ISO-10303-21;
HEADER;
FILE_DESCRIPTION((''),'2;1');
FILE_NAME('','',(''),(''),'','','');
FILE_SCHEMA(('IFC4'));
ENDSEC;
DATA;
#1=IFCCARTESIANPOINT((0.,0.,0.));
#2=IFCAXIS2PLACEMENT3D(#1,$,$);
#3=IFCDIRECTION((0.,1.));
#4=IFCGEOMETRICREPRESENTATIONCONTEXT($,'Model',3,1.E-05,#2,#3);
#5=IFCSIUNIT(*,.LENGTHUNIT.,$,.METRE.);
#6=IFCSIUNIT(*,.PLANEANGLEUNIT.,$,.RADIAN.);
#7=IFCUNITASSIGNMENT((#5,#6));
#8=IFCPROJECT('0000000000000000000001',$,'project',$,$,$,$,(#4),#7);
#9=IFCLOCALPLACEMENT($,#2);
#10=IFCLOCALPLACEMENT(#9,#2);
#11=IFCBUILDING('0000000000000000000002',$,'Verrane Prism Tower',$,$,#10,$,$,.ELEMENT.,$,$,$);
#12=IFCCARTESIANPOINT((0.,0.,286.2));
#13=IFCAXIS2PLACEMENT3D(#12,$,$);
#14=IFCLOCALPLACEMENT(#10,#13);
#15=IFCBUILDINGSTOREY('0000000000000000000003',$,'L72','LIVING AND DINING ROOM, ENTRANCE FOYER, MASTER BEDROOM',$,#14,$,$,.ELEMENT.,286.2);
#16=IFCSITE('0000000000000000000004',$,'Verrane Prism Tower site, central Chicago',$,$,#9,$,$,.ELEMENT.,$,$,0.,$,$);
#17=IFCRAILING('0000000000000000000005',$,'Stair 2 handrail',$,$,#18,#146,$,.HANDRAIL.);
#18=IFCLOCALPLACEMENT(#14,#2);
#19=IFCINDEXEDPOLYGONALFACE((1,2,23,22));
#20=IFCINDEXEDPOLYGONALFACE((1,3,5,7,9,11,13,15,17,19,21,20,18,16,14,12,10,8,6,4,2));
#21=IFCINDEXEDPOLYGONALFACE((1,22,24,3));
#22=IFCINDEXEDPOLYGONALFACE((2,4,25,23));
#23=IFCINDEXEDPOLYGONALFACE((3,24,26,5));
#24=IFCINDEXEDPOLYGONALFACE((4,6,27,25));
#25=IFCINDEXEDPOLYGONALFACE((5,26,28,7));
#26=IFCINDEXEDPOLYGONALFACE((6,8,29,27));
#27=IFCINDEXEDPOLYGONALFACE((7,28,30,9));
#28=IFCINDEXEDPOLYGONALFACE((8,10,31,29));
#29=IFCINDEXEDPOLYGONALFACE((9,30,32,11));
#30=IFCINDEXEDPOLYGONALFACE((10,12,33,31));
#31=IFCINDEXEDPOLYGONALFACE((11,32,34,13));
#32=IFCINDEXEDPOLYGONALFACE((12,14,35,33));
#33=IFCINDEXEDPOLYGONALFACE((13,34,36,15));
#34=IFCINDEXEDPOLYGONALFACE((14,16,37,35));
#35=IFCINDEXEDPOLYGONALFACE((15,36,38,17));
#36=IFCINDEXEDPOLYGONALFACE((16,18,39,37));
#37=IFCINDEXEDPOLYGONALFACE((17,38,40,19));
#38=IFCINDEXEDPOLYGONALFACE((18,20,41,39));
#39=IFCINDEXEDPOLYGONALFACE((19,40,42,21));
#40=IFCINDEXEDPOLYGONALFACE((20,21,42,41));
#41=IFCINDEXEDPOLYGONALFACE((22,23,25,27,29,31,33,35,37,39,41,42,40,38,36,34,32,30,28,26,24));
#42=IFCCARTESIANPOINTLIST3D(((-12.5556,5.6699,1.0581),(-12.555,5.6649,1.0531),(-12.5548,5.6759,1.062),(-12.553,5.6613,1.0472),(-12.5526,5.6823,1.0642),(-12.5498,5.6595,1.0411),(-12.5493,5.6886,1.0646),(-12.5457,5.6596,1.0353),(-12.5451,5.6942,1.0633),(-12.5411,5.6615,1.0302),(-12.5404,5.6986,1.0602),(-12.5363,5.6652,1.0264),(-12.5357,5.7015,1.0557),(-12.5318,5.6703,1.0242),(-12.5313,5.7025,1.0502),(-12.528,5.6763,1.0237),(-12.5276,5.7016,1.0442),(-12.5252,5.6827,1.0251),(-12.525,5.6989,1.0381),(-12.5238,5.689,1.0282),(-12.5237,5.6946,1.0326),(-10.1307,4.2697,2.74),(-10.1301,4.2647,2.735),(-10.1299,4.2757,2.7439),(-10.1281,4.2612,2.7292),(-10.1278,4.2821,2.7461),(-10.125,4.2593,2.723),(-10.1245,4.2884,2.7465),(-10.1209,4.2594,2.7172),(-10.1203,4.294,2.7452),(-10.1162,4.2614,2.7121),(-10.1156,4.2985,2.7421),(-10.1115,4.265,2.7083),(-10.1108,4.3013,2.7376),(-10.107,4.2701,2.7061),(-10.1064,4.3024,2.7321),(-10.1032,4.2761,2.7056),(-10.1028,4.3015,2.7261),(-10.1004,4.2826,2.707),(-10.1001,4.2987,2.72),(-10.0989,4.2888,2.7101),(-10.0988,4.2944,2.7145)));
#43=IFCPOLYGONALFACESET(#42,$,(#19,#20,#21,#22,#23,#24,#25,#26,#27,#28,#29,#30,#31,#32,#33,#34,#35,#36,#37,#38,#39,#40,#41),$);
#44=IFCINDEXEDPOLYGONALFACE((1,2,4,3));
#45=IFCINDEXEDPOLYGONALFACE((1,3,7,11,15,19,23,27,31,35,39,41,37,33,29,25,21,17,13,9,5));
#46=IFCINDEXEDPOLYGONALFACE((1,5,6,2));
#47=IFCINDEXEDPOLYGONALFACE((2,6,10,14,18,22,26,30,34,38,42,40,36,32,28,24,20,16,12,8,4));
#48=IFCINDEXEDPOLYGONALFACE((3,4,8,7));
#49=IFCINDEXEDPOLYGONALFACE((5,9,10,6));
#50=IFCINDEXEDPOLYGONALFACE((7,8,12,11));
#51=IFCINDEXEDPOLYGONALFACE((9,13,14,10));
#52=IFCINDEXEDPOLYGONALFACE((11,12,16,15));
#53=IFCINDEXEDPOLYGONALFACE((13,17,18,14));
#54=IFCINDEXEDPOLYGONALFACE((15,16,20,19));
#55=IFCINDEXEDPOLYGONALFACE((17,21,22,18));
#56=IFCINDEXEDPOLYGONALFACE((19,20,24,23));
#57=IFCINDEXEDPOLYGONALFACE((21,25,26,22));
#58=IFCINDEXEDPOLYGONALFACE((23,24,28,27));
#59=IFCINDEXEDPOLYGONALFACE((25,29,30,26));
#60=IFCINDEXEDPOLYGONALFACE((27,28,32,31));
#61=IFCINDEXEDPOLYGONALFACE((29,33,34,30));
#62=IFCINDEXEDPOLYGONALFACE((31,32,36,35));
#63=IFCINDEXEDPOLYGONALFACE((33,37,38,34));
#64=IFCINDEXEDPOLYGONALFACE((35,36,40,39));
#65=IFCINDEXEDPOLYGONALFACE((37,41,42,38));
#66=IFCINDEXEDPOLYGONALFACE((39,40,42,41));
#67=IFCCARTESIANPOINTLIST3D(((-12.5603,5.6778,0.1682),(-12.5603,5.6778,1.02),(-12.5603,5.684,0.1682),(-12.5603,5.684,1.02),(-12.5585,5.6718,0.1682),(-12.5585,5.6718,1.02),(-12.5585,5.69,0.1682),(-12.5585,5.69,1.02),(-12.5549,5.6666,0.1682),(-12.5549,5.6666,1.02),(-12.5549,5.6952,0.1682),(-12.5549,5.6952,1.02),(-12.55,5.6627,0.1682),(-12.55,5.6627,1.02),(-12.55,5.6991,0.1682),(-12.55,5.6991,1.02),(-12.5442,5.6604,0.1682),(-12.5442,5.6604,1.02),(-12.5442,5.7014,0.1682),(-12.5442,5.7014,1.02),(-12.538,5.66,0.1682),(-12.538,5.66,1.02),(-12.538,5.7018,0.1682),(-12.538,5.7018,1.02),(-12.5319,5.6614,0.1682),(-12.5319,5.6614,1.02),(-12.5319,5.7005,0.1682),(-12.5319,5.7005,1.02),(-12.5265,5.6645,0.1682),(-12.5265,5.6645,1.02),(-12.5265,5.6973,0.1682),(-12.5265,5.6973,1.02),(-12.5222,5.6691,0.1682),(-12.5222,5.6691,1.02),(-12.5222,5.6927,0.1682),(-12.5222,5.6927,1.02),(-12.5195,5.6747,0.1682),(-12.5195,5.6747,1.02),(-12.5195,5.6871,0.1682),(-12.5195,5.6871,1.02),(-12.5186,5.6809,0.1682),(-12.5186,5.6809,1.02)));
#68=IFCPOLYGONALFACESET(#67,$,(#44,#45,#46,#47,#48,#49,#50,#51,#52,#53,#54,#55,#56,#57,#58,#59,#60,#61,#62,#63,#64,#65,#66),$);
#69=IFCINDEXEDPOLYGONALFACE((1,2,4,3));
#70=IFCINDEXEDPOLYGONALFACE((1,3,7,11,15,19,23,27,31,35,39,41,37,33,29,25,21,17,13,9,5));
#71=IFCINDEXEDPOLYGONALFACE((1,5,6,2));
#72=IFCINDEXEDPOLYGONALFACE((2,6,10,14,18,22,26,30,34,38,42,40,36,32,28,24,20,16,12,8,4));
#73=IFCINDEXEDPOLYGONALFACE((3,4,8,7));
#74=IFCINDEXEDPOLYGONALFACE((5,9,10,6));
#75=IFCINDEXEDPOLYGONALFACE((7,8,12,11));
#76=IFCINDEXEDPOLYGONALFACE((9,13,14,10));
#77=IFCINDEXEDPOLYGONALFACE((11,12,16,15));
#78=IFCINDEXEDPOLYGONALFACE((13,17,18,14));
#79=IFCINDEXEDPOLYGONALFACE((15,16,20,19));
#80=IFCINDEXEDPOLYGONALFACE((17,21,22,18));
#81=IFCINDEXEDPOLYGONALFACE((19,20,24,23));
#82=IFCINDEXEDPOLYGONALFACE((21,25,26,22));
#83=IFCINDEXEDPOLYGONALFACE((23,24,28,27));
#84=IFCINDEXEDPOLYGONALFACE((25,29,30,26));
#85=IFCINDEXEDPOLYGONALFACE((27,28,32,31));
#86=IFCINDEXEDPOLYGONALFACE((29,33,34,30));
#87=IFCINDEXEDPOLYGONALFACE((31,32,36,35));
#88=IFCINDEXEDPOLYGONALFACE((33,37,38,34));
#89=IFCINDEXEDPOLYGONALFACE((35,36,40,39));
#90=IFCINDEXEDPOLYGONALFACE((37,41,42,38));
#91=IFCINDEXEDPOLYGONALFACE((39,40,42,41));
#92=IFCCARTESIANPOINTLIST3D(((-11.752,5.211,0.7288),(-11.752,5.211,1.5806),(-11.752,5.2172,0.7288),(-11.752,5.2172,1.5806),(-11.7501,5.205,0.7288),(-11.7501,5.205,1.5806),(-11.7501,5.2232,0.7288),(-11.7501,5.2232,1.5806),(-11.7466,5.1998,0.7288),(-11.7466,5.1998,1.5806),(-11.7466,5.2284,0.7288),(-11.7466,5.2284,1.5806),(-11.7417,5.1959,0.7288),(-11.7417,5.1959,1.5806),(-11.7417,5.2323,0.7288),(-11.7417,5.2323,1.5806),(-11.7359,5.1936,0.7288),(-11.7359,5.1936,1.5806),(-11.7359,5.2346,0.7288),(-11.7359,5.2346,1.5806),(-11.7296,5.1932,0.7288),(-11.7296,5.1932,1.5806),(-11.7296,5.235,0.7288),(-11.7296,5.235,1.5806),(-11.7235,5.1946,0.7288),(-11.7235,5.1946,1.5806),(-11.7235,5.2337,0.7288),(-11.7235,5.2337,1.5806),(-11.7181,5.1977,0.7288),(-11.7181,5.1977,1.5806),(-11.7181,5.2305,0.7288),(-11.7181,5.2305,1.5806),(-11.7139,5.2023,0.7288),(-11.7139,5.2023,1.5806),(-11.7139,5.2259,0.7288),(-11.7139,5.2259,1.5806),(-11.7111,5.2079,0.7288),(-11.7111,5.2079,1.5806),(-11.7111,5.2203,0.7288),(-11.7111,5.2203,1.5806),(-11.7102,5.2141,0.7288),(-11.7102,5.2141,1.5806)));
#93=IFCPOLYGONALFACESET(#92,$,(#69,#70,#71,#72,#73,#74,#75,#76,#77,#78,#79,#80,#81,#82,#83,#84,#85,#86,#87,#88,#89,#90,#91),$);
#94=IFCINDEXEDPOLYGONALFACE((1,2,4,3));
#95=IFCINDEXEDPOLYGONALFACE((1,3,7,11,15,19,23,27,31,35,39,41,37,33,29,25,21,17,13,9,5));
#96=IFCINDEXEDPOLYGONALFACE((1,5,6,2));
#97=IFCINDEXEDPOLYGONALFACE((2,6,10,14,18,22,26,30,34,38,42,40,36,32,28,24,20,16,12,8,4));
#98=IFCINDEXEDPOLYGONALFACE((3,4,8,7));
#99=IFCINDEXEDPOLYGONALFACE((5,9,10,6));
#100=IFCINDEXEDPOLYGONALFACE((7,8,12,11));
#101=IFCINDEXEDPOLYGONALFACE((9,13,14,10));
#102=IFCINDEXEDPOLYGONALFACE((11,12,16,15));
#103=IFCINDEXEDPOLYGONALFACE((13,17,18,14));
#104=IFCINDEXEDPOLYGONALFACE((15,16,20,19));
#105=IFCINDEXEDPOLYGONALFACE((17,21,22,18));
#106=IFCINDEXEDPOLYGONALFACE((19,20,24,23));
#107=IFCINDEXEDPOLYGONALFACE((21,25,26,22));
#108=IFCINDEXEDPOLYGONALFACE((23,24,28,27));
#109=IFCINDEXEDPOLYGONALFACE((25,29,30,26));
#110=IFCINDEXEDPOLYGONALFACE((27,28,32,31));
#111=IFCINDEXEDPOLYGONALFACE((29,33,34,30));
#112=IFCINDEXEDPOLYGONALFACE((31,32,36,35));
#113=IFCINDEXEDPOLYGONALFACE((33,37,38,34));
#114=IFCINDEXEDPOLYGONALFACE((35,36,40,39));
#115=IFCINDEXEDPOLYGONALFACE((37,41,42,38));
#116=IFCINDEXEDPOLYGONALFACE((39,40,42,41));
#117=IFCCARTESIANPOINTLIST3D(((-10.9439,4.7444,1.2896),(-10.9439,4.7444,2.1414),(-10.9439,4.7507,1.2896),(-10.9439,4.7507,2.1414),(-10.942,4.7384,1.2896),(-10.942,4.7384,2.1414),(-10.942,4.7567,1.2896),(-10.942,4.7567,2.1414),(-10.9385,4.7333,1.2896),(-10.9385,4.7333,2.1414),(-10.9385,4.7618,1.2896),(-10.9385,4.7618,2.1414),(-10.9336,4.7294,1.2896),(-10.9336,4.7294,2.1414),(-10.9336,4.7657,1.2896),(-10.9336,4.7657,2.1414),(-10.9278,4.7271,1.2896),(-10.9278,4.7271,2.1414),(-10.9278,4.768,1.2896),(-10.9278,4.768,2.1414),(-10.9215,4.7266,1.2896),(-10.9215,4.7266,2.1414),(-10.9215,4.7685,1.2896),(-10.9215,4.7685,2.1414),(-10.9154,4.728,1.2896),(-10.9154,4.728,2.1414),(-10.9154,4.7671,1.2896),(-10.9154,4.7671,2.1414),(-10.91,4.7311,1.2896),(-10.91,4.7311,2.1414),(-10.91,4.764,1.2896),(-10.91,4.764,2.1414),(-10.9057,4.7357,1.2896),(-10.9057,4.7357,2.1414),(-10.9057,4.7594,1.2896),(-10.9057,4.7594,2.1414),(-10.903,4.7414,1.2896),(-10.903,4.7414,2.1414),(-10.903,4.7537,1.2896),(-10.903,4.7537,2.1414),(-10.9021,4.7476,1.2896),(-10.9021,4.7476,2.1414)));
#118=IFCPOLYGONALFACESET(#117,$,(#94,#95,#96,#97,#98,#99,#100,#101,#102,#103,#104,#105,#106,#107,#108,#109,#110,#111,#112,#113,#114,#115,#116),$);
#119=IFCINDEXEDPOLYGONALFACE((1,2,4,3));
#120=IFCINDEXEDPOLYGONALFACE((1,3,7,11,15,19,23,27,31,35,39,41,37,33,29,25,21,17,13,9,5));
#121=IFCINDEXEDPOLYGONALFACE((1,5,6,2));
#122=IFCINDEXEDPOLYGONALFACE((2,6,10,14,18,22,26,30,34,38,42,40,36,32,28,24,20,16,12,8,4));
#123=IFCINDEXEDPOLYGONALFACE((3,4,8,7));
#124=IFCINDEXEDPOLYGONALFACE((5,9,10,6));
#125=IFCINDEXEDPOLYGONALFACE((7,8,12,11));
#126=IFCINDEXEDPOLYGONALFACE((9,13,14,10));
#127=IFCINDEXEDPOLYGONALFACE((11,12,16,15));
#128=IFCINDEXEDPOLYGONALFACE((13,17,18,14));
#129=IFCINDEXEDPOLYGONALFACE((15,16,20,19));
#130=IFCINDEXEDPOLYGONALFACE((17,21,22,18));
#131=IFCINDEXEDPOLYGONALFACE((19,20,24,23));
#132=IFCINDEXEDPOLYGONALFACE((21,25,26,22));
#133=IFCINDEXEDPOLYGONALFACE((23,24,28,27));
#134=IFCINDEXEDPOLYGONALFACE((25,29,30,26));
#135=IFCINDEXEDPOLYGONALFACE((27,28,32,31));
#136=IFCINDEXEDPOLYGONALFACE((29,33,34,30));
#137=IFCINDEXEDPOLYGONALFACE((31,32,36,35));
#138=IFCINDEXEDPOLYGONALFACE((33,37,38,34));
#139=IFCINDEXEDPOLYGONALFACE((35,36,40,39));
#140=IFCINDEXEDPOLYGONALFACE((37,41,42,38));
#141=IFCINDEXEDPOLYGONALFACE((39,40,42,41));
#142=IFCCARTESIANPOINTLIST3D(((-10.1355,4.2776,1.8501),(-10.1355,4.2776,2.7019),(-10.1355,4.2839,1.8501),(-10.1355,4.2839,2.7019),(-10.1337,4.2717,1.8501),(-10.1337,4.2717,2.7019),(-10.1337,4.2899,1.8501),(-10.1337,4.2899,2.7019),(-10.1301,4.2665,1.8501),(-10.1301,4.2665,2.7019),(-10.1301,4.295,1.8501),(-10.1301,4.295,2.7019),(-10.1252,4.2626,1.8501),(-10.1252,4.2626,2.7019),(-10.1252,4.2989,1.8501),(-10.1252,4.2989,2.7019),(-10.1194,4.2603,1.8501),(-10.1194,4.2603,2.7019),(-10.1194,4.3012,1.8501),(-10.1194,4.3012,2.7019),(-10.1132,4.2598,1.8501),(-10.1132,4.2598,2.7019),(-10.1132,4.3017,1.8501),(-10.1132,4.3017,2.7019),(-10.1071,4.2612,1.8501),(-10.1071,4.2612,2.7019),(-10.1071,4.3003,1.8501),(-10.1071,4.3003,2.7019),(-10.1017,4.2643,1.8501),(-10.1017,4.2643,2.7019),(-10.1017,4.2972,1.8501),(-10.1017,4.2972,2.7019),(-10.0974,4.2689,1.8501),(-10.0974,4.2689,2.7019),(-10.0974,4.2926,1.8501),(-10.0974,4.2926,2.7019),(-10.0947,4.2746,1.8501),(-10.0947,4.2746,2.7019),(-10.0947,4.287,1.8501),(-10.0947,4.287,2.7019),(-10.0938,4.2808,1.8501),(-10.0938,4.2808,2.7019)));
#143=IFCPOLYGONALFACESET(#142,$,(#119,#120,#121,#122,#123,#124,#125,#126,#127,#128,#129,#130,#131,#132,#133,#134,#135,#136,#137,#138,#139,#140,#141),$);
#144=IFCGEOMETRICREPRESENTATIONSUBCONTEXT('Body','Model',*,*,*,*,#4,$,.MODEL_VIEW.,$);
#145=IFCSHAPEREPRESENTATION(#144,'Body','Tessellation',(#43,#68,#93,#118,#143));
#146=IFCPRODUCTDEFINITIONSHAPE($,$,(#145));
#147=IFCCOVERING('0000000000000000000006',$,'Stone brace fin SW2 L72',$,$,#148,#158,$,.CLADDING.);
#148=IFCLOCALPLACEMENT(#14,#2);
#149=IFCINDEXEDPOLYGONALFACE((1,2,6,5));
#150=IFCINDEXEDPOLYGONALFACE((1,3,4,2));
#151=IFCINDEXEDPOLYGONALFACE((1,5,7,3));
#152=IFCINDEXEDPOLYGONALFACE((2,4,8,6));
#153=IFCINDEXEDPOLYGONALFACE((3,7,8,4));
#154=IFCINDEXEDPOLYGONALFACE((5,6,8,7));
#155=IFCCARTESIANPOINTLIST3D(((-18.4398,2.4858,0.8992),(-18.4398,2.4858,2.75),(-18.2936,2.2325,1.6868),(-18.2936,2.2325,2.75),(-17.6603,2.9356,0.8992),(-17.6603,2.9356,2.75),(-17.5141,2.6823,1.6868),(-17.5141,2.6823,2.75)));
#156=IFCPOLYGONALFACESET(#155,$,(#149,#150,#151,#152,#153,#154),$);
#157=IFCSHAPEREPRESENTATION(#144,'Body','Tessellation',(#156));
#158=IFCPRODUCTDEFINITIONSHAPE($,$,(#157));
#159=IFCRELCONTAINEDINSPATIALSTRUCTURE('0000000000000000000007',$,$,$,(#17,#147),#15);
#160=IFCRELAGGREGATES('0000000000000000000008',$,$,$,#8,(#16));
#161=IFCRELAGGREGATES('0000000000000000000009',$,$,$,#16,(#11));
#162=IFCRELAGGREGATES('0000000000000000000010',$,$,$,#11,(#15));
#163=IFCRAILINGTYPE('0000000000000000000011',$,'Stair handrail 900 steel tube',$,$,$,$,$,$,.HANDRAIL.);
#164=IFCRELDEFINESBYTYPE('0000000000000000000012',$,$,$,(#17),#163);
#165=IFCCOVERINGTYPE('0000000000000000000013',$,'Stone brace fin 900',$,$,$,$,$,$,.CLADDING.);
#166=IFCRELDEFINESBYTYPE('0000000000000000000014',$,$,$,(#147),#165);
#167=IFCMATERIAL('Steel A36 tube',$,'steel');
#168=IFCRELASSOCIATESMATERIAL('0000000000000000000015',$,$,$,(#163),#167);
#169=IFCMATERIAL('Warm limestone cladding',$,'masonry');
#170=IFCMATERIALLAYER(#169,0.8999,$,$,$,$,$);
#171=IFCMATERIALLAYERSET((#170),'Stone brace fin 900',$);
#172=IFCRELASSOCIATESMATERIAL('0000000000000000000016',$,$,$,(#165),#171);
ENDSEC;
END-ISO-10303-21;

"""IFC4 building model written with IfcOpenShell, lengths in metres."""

from ifc_helpers import new_model, si_unit, direction, frame, origin, origin_2d, place, context, subcontext, project, spatial, polyline, circle, outline, extrude, material, layer, layer_set, type_object, element, save


model = new_model("IFC4")

# Units and contexts
model_context = context("Model", 3, precision=1e-05, world=origin(), true_north=direction((0.0, 1.0)))
body_context = subcontext(model_context, "Body", "Model", "MODEL_VIEW")
ifc_project = project(units=[si_unit("LENGTHUNIT", "METRE"), si_unit("PLANEANGLEUNIT", "RADIAN")], contexts=[model_context])

# Site, building, storey
site_placement = place(None, origin())
site = spatial("IfcSite", under=ifc_project, at=site_placement, Name="Verrane Prism Tower site, central Chicago", CompositionType="ELEMENT", RefElevation=0.0)
building_placement = place(site_placement, origin())
building = spatial("IfcBuilding", under=site, at=building_placement, Name="Verrane Prism Tower", CompositionType="ELEMENT")
storey_placement = place(building_placement, frame((0.0, 0.0, 286.2)))
storey = spatial("IfcBuildingStorey", under=building, at=storey_placement, Name="L72", Description="LIVING AND DINING ROOM, ENTRANCE FOYER, MASTER BEDROOM", CompositionType="ELEMENT", Elevation=286.2)

# Railing
ifc_material_1 = material(Name="Steel A36 tube", Category="steel")
railing_type = type_object("IfcRailingType", Name="Stair handrail 900 steel tube", PredefinedType="HANDRAIL", material=ifc_material_1)
railing_placement = place(storey_placement, frame((-12.5396, 5.6809, 0.1682)))
element("IfcRailing", 1, at=railing_placement, inside=storey, type_object=railing_type, Name="Stair 2 handrail", PredefinedType="HANDRAIL", context=body_context, shape_type="SweptSolid", body=[
    extrude(circle(Radius=0.0239, at=origin_2d()), frame((0.0, 0.0, 0.876), z_axis=(0.742367, -0.428662, 0.514918), x_axis=(0.50005, 0.865997, 0.0)), (0.0, 0.0, 1.0), 3.2664),
    extrude(circle(Radius=0.021, at=origin_2d()), origin(), (0.0, 0.0, 1.0), 0.8518),
    extrude(circle(Radius=0.021, at=origin_2d()), frame((0.8083, -0.4668, 0.5605)), (0.0, 0.0, 1.0), 0.8518),
    extrude(circle(Radius=0.021, at=origin_2d()), frame((1.6165, -0.9333, 1.1213)), (0.0, 0.0, 1.0), 0.8518),
    extrude(circle(Radius=0.021, at=origin_2d()), frame((2.4248, -1.4001, 1.6819)), (0.0, 0.0, 1.0), 0.8518),
])

# Covering
ifc_material_2 = material(Name="Warm limestone cladding", Category="masonry")
ifc_layer_1 = layer(ifc_material_2, 0.8999)
ifc_layer_set_1 = layer_set([ifc_layer_1], Name="Stone brace fin 900")
covering_type = type_object("IfcCoveringType", Name="Stone brace fin 900", PredefinedType="CLADDING", material=ifc_layer_set_1)
covering_placement = place(storey_placement, frame((-18.05, 2.7107, 0.8992), z_axis=(0.0, 0.0, 1.0), x_axis=(0.499819, -0.86613, 0.0)))
element("IfcCovering", 2, at=covering_placement, inside=storey, type_object=covering_type, Name="Stone brace fin SW2 L72", PredefinedType="CLADDING", context=body_context, shape_type="SweptSolid", body=[
    extrude(outline(polyline([(0.2925, 1.8508), (0.0, 1.8508), (0.0, 0.0), (0.2925, 0.7876), (0.2925, 1.8508)])), frame((0.0, 0.45, 0.0), z_axis=(0.0, -1.0, 0.0), x_axis=(1.0, 0.0, 0.0)), (0.0, 0.0, 1.0), 0.8999),
])

save(model, "model.ifc")
